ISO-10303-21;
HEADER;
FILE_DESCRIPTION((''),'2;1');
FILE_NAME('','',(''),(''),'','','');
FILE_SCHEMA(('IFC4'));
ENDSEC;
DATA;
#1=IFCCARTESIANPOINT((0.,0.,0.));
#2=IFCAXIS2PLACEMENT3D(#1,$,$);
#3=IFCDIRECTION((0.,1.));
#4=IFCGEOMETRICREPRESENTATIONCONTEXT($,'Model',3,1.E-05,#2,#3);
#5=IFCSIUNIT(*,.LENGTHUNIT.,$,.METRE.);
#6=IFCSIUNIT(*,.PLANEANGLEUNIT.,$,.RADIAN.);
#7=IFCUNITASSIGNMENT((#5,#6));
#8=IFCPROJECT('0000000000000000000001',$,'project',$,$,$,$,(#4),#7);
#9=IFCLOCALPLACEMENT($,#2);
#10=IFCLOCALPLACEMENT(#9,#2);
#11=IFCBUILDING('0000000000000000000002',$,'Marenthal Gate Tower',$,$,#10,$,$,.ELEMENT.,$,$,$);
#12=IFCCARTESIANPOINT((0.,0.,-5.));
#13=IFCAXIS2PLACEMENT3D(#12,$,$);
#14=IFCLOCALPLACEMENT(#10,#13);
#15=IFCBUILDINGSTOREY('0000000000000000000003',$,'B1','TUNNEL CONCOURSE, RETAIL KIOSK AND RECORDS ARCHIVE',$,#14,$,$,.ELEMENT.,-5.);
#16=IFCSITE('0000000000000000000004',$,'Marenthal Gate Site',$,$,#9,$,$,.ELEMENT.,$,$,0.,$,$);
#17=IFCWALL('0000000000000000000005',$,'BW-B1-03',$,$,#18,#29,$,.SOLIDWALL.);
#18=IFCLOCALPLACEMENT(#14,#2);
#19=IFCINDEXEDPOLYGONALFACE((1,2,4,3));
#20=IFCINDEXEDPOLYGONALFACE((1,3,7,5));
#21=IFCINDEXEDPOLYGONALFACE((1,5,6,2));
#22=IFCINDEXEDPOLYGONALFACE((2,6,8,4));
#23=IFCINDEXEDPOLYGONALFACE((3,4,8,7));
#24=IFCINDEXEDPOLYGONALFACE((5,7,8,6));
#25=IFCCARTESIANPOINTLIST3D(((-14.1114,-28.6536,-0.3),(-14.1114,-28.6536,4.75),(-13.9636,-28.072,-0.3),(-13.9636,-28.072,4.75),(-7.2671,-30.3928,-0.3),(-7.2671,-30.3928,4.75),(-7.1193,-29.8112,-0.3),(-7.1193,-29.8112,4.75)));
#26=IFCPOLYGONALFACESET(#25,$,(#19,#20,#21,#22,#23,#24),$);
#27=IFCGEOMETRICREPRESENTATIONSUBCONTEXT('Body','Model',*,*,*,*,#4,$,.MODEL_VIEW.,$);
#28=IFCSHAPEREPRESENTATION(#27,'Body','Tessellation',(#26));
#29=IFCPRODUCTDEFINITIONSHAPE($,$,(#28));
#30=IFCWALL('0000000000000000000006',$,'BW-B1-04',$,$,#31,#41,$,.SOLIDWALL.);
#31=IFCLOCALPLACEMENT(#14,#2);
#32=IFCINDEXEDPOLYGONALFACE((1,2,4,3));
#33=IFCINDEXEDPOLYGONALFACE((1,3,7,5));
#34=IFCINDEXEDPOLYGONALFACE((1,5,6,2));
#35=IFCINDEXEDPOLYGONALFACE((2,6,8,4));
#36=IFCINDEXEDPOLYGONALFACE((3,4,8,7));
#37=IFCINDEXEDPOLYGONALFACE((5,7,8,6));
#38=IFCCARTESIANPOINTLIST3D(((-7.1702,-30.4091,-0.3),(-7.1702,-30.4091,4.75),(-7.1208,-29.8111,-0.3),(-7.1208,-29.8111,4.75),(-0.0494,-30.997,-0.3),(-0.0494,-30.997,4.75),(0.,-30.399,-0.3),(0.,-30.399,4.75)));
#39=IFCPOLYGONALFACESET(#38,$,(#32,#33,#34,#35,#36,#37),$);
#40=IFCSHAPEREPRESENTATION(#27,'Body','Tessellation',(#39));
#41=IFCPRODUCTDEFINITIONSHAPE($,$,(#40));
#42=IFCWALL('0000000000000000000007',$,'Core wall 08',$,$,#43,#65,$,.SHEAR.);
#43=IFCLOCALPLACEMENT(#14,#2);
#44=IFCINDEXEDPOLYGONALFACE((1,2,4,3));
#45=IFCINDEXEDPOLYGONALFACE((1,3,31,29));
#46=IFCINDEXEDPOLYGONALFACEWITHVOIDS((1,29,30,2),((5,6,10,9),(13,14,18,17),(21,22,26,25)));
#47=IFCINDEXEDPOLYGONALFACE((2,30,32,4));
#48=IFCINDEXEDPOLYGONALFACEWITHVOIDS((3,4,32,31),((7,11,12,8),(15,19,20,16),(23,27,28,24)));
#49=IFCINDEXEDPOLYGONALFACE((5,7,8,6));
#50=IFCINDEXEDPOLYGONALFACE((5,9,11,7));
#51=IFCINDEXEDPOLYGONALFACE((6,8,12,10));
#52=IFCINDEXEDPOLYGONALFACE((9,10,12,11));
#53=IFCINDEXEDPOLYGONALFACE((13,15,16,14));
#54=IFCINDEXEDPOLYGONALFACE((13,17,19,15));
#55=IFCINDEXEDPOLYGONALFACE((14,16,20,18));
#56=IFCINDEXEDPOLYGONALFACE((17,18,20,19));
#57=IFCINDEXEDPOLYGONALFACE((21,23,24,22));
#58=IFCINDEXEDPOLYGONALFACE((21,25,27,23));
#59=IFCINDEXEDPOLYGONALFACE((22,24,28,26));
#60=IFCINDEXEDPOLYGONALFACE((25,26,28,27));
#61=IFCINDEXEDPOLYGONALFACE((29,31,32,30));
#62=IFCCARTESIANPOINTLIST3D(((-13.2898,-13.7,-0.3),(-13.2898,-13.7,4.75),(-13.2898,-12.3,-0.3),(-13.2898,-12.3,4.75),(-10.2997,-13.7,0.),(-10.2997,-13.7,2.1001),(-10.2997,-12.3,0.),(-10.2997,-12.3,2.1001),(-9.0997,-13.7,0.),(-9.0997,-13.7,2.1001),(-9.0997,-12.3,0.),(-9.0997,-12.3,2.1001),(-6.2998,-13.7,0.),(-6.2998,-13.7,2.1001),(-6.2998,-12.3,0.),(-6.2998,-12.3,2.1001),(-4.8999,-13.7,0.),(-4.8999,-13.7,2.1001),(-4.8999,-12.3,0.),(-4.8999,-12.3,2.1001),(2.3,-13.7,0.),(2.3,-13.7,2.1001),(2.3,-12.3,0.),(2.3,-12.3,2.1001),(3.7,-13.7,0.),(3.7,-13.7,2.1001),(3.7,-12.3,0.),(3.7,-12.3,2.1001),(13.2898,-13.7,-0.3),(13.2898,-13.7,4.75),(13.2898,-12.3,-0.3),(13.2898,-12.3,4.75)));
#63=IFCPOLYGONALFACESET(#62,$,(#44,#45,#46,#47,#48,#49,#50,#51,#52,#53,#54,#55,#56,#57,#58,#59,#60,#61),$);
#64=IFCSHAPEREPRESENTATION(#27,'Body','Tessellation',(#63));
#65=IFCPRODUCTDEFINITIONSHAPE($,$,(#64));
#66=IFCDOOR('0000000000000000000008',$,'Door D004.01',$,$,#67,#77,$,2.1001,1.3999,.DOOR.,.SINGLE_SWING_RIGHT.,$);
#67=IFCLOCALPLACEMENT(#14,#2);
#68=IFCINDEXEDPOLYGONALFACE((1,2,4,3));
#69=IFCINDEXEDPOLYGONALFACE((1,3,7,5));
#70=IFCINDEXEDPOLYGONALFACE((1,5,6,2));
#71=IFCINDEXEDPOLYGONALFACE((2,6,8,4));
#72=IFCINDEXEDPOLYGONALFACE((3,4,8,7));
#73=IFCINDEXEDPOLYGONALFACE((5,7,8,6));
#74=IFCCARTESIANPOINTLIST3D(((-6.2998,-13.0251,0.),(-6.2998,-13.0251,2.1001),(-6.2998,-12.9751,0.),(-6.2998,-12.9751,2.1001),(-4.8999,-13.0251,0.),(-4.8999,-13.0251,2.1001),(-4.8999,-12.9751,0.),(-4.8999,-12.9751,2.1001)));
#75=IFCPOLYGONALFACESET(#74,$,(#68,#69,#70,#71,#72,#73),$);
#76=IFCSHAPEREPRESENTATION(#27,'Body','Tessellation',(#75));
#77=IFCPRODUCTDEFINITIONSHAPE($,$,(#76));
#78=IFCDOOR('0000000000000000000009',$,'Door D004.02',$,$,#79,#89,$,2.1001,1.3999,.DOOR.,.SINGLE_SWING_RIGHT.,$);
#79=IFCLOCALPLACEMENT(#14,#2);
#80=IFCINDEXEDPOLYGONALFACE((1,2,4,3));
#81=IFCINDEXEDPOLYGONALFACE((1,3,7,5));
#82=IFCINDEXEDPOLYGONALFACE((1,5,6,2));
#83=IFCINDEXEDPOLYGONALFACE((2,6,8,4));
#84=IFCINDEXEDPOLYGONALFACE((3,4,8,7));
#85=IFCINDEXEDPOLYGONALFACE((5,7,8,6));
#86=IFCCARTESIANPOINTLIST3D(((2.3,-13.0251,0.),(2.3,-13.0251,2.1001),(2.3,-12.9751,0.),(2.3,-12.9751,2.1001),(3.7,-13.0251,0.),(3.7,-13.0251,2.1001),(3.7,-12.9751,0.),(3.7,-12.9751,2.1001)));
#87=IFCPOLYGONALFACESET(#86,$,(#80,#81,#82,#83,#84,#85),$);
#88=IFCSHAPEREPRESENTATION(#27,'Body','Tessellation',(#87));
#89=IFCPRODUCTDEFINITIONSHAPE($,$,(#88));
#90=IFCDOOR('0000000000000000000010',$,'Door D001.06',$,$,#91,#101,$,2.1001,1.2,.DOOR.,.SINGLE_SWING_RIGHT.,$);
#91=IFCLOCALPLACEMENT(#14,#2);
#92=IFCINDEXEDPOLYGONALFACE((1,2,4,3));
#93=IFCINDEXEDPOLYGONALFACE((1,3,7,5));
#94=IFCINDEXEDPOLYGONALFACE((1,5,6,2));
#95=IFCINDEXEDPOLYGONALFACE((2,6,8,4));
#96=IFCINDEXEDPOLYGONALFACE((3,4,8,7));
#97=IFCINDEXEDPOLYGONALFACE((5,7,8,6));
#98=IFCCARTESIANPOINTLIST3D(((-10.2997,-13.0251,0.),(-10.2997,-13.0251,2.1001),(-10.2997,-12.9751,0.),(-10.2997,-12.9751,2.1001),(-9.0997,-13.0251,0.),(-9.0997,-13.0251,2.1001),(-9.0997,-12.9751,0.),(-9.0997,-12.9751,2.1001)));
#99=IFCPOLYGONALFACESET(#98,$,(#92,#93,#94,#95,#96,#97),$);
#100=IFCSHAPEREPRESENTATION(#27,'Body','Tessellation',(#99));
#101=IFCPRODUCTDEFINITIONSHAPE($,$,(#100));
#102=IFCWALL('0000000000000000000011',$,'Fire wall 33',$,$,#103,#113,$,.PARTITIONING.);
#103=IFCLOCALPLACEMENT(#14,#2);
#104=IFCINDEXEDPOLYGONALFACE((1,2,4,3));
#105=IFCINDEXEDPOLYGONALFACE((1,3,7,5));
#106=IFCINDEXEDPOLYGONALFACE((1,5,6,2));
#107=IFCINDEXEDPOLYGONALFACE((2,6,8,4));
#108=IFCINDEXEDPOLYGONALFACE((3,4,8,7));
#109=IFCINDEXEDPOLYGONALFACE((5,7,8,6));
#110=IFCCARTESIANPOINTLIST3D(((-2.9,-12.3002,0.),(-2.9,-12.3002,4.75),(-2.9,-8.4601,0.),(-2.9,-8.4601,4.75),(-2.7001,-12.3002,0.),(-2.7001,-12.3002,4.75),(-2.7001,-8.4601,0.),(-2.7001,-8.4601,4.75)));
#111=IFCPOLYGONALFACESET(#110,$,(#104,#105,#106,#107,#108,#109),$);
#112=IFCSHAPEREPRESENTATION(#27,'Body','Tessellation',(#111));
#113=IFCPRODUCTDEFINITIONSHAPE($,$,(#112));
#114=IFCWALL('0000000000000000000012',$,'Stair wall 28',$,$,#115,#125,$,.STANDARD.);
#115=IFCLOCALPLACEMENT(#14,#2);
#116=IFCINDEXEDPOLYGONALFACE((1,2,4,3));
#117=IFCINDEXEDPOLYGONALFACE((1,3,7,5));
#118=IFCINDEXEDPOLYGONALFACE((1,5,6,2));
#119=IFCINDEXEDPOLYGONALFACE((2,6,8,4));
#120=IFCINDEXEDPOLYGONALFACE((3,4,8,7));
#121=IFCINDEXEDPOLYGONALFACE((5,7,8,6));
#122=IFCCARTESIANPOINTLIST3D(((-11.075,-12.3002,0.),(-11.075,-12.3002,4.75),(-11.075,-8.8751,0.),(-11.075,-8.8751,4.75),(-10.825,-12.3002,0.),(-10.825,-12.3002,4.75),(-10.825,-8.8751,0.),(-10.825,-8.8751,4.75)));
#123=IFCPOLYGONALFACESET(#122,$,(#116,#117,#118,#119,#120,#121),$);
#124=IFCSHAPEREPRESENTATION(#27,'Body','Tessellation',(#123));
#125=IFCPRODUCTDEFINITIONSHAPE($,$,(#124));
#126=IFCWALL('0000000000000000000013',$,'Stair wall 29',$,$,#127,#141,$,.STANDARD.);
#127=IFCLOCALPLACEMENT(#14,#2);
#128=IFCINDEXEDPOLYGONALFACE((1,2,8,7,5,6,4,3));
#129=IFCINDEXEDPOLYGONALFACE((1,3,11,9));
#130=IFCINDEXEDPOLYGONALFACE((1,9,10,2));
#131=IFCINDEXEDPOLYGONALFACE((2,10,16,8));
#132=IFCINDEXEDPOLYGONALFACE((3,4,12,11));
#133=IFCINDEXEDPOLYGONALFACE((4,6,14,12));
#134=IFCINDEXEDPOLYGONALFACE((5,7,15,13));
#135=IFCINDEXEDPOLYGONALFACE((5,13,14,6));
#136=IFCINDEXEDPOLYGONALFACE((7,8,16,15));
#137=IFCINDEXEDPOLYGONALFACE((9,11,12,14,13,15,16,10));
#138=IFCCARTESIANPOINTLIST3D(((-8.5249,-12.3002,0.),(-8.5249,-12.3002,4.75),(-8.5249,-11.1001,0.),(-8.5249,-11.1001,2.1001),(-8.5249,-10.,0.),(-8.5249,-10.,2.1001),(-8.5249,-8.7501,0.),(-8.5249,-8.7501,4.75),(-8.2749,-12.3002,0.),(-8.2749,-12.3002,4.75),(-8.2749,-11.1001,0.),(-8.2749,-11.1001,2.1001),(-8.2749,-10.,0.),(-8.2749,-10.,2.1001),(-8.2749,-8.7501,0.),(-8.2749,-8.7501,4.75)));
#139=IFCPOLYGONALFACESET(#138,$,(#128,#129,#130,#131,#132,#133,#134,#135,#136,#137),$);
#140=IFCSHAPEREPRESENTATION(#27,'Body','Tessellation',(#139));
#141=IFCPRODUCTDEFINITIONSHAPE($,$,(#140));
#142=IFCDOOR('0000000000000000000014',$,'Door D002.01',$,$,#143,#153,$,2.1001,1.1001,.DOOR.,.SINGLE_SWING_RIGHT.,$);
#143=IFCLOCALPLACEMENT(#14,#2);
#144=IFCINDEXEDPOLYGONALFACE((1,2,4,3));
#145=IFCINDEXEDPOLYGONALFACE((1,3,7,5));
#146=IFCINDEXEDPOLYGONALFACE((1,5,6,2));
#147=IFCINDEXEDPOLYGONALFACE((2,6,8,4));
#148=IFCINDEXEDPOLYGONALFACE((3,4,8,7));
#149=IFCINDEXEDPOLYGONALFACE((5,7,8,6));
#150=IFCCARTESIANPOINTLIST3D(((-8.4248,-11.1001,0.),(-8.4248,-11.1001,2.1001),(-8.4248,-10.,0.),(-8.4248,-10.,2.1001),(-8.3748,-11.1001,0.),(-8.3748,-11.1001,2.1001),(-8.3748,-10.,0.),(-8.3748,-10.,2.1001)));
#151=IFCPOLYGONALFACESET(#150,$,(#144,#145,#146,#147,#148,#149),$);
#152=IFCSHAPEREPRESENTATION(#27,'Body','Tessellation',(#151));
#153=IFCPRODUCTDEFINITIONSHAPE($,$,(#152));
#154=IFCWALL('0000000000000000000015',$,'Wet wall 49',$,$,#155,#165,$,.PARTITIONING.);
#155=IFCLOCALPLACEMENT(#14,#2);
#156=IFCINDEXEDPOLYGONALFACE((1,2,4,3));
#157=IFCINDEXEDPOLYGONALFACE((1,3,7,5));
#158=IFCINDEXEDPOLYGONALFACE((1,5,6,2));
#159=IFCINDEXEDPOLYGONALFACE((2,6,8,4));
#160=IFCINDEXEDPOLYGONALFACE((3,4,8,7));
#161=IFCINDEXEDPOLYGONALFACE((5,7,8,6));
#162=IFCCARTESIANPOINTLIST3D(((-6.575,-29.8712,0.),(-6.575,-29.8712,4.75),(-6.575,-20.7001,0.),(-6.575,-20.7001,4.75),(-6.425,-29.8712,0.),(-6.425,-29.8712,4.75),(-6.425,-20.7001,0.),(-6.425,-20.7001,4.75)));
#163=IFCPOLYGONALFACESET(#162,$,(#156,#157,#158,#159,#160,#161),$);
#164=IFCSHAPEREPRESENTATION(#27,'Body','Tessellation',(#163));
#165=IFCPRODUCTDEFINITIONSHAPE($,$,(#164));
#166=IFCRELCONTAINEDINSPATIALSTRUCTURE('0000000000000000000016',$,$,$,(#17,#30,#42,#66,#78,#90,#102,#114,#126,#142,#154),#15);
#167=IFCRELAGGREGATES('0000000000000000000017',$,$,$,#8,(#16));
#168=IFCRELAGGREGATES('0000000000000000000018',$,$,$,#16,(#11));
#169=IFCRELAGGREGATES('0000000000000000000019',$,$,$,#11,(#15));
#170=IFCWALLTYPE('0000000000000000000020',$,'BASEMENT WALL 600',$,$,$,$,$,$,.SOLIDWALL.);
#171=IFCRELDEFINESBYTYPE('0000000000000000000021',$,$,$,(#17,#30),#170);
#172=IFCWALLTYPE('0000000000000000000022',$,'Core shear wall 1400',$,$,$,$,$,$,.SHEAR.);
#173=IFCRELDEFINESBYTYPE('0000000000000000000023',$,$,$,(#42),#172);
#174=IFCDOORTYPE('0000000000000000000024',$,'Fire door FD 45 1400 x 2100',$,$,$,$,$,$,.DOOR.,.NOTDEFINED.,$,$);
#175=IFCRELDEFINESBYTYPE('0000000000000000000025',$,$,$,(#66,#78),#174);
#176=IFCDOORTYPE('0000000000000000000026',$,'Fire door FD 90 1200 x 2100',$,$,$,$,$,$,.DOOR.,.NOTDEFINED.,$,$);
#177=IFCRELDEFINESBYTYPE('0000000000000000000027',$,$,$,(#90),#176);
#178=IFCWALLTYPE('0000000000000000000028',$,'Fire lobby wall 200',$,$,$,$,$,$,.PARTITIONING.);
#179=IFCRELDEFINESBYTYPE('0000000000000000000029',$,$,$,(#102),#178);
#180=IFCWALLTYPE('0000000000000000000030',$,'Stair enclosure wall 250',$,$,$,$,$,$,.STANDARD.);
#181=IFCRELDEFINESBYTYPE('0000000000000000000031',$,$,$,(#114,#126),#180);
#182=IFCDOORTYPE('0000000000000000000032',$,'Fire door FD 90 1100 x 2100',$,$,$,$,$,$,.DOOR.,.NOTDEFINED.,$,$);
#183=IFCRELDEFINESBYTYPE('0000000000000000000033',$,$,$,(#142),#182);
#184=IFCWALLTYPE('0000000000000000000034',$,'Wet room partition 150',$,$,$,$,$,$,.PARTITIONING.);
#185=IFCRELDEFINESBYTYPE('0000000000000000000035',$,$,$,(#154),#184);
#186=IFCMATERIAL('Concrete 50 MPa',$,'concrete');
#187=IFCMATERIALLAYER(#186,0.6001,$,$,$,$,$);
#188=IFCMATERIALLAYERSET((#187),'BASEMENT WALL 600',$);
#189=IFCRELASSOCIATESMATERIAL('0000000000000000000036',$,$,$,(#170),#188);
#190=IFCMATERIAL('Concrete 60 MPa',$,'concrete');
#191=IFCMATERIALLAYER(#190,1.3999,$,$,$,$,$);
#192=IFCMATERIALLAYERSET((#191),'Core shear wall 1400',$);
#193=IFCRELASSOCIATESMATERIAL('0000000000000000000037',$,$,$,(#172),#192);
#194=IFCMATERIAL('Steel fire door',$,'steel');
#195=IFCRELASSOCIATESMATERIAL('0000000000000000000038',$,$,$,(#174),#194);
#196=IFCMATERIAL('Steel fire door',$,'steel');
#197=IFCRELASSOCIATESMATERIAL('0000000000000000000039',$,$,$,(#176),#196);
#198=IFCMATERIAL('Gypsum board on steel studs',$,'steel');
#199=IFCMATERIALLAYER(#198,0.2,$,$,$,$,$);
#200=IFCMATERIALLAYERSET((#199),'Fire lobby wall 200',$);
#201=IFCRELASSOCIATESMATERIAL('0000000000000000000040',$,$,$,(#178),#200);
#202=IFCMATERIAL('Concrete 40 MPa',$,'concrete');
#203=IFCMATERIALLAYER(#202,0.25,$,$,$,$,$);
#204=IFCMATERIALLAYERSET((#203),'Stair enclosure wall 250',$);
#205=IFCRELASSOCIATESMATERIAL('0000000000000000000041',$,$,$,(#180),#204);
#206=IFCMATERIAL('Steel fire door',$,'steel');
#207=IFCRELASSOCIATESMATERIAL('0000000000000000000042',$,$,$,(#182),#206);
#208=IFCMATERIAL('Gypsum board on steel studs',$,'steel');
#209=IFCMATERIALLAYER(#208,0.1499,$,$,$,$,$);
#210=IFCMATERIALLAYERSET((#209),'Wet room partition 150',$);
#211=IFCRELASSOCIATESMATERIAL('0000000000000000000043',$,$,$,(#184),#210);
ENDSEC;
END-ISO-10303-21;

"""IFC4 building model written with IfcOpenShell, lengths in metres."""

from ifc_helpers import new_model, si_unit, direction, frame, frame_2d, origin, place, context, subcontext, project, spatial, rectangle, extrude, material, layer, layer_set, type_object, element, fill, save


model = new_model("IFC4")

# Units and contexts
model_context = context("Model", 3, precision=1e-05, world=origin(), true_north=direction((0.0, 1.0)))
body_context = subcontext(model_context, "Body", "Model", "MODEL_VIEW")
ifc_project = project(units=[si_unit("LENGTHUNIT", "METRE"), si_unit("PLANEANGLEUNIT", "RADIAN")], contexts=[model_context])

# Site, building, storey
site_placement = place(None, origin())
site = spatial("IfcSite", under=ifc_project, at=site_placement, Name="Marenthal Gate Site", CompositionType="ELEMENT", RefElevation=0.0)
building_placement = place(site_placement, origin())
building = spatial("IfcBuilding", under=site, at=building_placement, Name="Marenthal Gate Tower", CompositionType="ELEMENT")
storey_placement = place(building_placement, frame((0.0, 0.0, -5.0)))
storey = spatial("IfcBuildingStorey", under=building, at=storey_placement, Name="B1", Description="TUNNEL CONCOURSE, RETAIL KIOSK AND RECORDS ARCHIVE", CompositionType="ELEMENT", Elevation=-5.0)

# Walls
ifc_material_1 = material(Name="Concrete 50 MPa", Category="concrete")
ifc_layer_1 = layer(ifc_material_1, 0.6001)
ifc_layer_set_1 = layer_set([ifc_layer_1], Name="BASEMENT WALL 600")
wall_type_1 = type_object("IfcWallType", Name="BASEMENT WALL 600", PredefinedType="SOLIDWALL", material=ifc_layer_set_1)
wall_1_placement = place(storey_placement, frame((-14.0374, -28.3628, -0.3), z_axis=(0.0, 0.0, 1.0), x_axis=(0.969196, -0.246292, 0.0)))
element("IfcWall", 1, at=wall_1_placement, inside=storey, type_object=wall_type_1, Name="BW-B1-03", PredefinedType="SOLIDWALL", context=body_context, shape_type="SweptSolid", body=[
    extrude(rectangle(XDim=7.0618, YDim=0.6001, at=frame_2d((3.5308, 0.0))), origin(), (0.0, 0.0, 1.0), 5.05),
])
wall_2_placement = place(storey_placement, frame((-7.1455, -30.1101, -0.3), z_axis=(0.0, 0.0, 1.0), x_axis=(0.996609, -0.082279, 0.0)))
element("IfcWall", 2, at=wall_2_placement, inside=storey, type_object=wall_type_1, Name="BW-B1-04", PredefinedType="SOLIDWALL", context=body_context, shape_type="SweptSolid", body=[
    extrude(rectangle(XDim=7.145, YDim=0.6001, at=frame_2d((3.5725, 0.0))), origin(), (0.0, 0.0, 1.0), 5.05),
])

# Wall, openings, doors
ifc_material_2 = material(Name="Concrete 60 MPa", Category="concrete")
ifc_layer_2 = layer(ifc_material_2, 1.3999)
ifc_layer_set_2 = layer_set([ifc_layer_2], Name="Core shear wall 1400")
wall_type_2 = type_object("IfcWallType", Name="Core shear wall 1400", PredefinedType="SHEAR", material=ifc_layer_set_2)
wall_3_placement = place(storey_placement, frame((-13.2898, -13.0, -0.3), z_axis=(0.0, 0.0, 1.0), x_axis=(1.0, 0.0, 0.0)))
wall_3 = element("IfcWall", 3, at=wall_3_placement, inside=storey, type_object=wall_type_2, Name="Core wall 08", PredefinedType="SHEAR", context=body_context, shape_type="SweptSolid", body=[
    extrude(rectangle(XDim=26.5796, YDim=1.3999, at=frame_2d((13.2898, 0.0))), origin(), (0.0, 0.0, 1.0), 5.05),
])
opening_1_placement = place(wall_3_placement, frame((2.99, 0.0, 0.3)))
opening_1 = element("IfcOpeningElement", 4, at=opening_1_placement, cuts=wall_3, PredefinedType="OPENING", context=body_context, shape_type="SweptSolid", body=[
    extrude(rectangle(XDim=1.2, YDim=2.1001, at=frame_2d((0.6001, 1.05))), frame((0.0, 0.71, 0.0), z_axis=(0.0, -1.0, 0.0), x_axis=(1.0, 0.0, 0.0)), (0.0, 0.0, 1.0), 1.4199),
])
opening_2_placement = place(wall_3_placement, frame((6.99, 0.0, 0.3)))
opening_2 = element("IfcOpeningElement", 5, at=opening_2_placement, cuts=wall_3, PredefinedType="OPENING", context=body_context, shape_type="SweptSolid", body=[
    extrude(rectangle(XDim=1.3999, YDim=2.1001, at=frame_2d((0.7, 1.05))), frame((0.0, 0.71, 0.0), z_axis=(0.0, -1.0, 0.0), x_axis=(1.0, 0.0, 0.0)), (0.0, 0.0, 1.0), 1.4199),
])
opening_3_placement = place(wall_3_placement, frame((15.5898, 0.0, 0.3)))
opening_3 = element("IfcOpeningElement", 6, at=opening_3_placement, cuts=wall_3, PredefinedType="OPENING", context=body_context, shape_type="SweptSolid", body=[
    extrude(rectangle(XDim=1.3999, YDim=2.1001, at=frame_2d((0.7, 1.05))), frame((0.0, 0.71, 0.0), z_axis=(0.0, -1.0, 0.0), x_axis=(1.0, 0.0, 0.0)), (0.0, 0.0, 1.0), 1.4199),
])
ifc_material_3 = material(Name="Steel fire door", Category="steel")
door_type_1 = type_object("IfcDoorType", Name="Fire door FD 45 1400 x 2100", OperationType="NOTDEFINED", PredefinedType="DOOR", material=ifc_material_3)
door_1_placement = place(opening_2_placement, origin())
door_1 = element("IfcDoor", 7, at=door_1_placement, inside=storey, type_object=door_type_1, Name="Door D004.01", OperationType="SINGLE_SWING_RIGHT", OverallHeight=2.1001, OverallWidth=1.3999, PredefinedType="DOOR", context=body_context, shape_type="SweptSolid", body=[
    extrude(rectangle(XDim=1.3999, YDim=2.1001, at=frame_2d((0.7, 1.05))), frame((0.0, 0.0249, 0.0), z_axis=(0.0, -1.0, 0.0), x_axis=(1.0, 0.0, 0.0)), (0.0, 0.0, 1.0), 0.05),
])
fill(opening_2, door_1)
door_2_placement = place(opening_3_placement, origin())
door_2 = element("IfcDoor", 8, at=door_2_placement, inside=storey, type_object=door_type_1, Name="Door D004.02", OperationType="SINGLE_SWING_RIGHT", OverallHeight=2.1001, OverallWidth=1.3999, PredefinedType="DOOR", context=body_context, shape_type="SweptSolid", body=[
    extrude(rectangle(XDim=1.3999, YDim=2.1001, at=frame_2d((0.7, 1.05))), frame((0.0, 0.0249, 0.0), z_axis=(0.0, -1.0, 0.0), x_axis=(1.0, 0.0, 0.0)), (0.0, 0.0, 1.0), 0.05),
])
fill(opening_3, door_2)
ifc_material_4 = material(Name="Steel fire door", Category="steel")
door_type_2 = type_object("IfcDoorType", Name="Fire door FD 90 1200 x 2100", OperationType="NOTDEFINED", PredefinedType="DOOR", material=ifc_material_4)
door_3_placement = place(opening_1_placement, origin())
door_3 = element("IfcDoor", 9, at=door_3_placement, inside=storey, type_object=door_type_2, Name="Door D001.06", OperationType="SINGLE_SWING_RIGHT", OverallHeight=2.1001, OverallWidth=1.2, PredefinedType="DOOR", context=body_context, shape_type="SweptSolid", body=[
    extrude(rectangle(XDim=1.2, YDim=2.1001, at=frame_2d((0.6001, 1.05))), frame((0.0, 0.0249, 0.0), z_axis=(0.0, -1.0, 0.0), x_axis=(1.0, 0.0, 0.0)), (0.0, 0.0, 1.0), 0.05),
])
fill(opening_1, door_3)

# Walls
ifc_material_5 = material(Name="Gypsum board on steel studs", Category="steel")
ifc_layer_3 = layer(ifc_material_5, 0.2)
ifc_layer_set_3 = layer_set([ifc_layer_3], Name="Fire lobby wall 200")
wall_type_3 = type_object("IfcWallType", Name="Fire lobby wall 200", PredefinedType="PARTITIONING", material=ifc_layer_set_3)
wall_4_placement = place(storey_placement, frame((-2.8, -12.3, 0.0), z_axis=(0.0, 0.0, 1.0), x_axis=(0.0, 1.0, 0.0)))
element("IfcWall", 10, at=wall_4_placement, inside=storey, type_object=wall_type_3, Name="Fire wall 33", PredefinedType="PARTITIONING", context=body_context, shape_type="SweptSolid", body=[
    extrude(rectangle(XDim=3.8401, YDim=0.2, at=frame_2d((1.9199, 0.0))), origin(), (0.0, 0.0, 1.0), 4.75),
])
ifc_material_6 = material(Name="Concrete 40 MPa", Category="concrete")
ifc_layer_4 = layer(ifc_material_6, 0.25)
ifc_layer_set_4 = layer_set([ifc_layer_4], Name="Stair enclosure wall 250")
wall_type_4 = type_object("IfcWallType", Name="Stair enclosure wall 250", PredefinedType="STANDARD", material=ifc_layer_set_4)
wall_5_placement = place(storey_placement, frame((-10.95, -12.3, 0.0), z_axis=(0.0, 0.0, 1.0), x_axis=(0.0, 1.0, 0.0)))
element("IfcWall", 11, at=wall_5_placement, inside=storey, type_object=wall_type_4, Name="Stair wall 28", PredefinedType="STANDARD", context=body_context, shape_type="SweptSolid", body=[
    extrude(rectangle(XDim=3.425, YDim=0.25, at=frame_2d((1.7124, 0.0))), origin(), (0.0, 0.0, 1.0), 4.75),
])

# Wall, opening, door
wall_6_placement = place(storey_placement, frame((-8.3999, -12.3, 0.0), z_axis=(0.0, 0.0, 1.0), x_axis=(0.0, 1.0, 0.0)))
wall_6 = element("IfcWall", 12, at=wall_6_placement, inside=storey, type_object=wall_type_4, Name="Stair wall 29", PredefinedType="STANDARD", context=body_context, shape_type="SweptSolid", body=[
    extrude(rectangle(XDim=3.55, YDim=0.25, at=frame_2d((1.7749, 0.0))), origin(), (0.0, 0.0, 1.0), 4.75),
])
opening_4_placement = place(wall_6_placement, frame((1.2, 0.0, 0.0)))
opening_4 = element("IfcOpeningElement", 13, at=opening_4_placement, cuts=wall_6, PredefinedType="OPENING", context=body_context, shape_type="SweptSolid", body=[
    extrude(rectangle(XDim=1.1001, YDim=2.1001, at=frame_2d((0.55, 1.05))), frame((0.0, 0.135, 0.0), z_axis=(0.0, -1.0, 0.0), x_axis=(1.0, 0.0, 0.0)), (0.0, 0.0, 1.0), 0.27),
])
ifc_material_7 = material(Name="Steel fire door", Category="steel")
door_type_3 = type_object("IfcDoorType", Name="Fire door FD 90 1100 x 2100", OperationType="NOTDEFINED", PredefinedType="DOOR", material=ifc_material_7)
door_4_placement = place(opening_4_placement, origin())
door_4 = element("IfcDoor", 14, at=door_4_placement, inside=storey, type_object=door_type_3, Name="Door D002.01", OperationType="SINGLE_SWING_RIGHT", OverallHeight=2.1001, OverallWidth=1.1001, PredefinedType="DOOR", context=body_context, shape_type="SweptSolid", body=[
    extrude(rectangle(XDim=1.1001, YDim=2.1001, at=frame_2d((0.55, 1.05))), frame((0.0, 0.0249, 0.0), z_axis=(0.0, -1.0, 0.0), x_axis=(1.0, 0.0, 0.0)), (0.0, 0.0, 1.0), 0.05),
])
fill(opening_4, door_4)

# Wall
ifc_material_8 = material(Name="Gypsum board on steel studs", Category="steel")
ifc_layer_5 = layer(ifc_material_8, 0.1499)
ifc_layer_set_5 = layer_set([ifc_layer_5], Name="Wet room partition 150")
wall_type_5 = type_object("IfcWallType", Name="Wet room partition 150", PredefinedType="PARTITIONING", material=ifc_layer_set_5)
wall_7_placement = place(storey_placement, frame((-6.5, -29.8711, 0.0), z_axis=(0.0, 0.0, 1.0), x_axis=(0.0, 1.0, 0.0)))
element("IfcWall", 15, at=wall_7_placement, inside=storey, type_object=wall_type_5, Name="Wet wall 49", PredefinedType="PARTITIONING", context=body_context, shape_type="SweptSolid", body=[
    extrude(rectangle(XDim=9.1711, YDim=0.1499, at=frame_2d((4.5854, 0.0))), origin(), (0.0, 0.0, 1.0), 4.75),
])

save(model, "model.ifc")
